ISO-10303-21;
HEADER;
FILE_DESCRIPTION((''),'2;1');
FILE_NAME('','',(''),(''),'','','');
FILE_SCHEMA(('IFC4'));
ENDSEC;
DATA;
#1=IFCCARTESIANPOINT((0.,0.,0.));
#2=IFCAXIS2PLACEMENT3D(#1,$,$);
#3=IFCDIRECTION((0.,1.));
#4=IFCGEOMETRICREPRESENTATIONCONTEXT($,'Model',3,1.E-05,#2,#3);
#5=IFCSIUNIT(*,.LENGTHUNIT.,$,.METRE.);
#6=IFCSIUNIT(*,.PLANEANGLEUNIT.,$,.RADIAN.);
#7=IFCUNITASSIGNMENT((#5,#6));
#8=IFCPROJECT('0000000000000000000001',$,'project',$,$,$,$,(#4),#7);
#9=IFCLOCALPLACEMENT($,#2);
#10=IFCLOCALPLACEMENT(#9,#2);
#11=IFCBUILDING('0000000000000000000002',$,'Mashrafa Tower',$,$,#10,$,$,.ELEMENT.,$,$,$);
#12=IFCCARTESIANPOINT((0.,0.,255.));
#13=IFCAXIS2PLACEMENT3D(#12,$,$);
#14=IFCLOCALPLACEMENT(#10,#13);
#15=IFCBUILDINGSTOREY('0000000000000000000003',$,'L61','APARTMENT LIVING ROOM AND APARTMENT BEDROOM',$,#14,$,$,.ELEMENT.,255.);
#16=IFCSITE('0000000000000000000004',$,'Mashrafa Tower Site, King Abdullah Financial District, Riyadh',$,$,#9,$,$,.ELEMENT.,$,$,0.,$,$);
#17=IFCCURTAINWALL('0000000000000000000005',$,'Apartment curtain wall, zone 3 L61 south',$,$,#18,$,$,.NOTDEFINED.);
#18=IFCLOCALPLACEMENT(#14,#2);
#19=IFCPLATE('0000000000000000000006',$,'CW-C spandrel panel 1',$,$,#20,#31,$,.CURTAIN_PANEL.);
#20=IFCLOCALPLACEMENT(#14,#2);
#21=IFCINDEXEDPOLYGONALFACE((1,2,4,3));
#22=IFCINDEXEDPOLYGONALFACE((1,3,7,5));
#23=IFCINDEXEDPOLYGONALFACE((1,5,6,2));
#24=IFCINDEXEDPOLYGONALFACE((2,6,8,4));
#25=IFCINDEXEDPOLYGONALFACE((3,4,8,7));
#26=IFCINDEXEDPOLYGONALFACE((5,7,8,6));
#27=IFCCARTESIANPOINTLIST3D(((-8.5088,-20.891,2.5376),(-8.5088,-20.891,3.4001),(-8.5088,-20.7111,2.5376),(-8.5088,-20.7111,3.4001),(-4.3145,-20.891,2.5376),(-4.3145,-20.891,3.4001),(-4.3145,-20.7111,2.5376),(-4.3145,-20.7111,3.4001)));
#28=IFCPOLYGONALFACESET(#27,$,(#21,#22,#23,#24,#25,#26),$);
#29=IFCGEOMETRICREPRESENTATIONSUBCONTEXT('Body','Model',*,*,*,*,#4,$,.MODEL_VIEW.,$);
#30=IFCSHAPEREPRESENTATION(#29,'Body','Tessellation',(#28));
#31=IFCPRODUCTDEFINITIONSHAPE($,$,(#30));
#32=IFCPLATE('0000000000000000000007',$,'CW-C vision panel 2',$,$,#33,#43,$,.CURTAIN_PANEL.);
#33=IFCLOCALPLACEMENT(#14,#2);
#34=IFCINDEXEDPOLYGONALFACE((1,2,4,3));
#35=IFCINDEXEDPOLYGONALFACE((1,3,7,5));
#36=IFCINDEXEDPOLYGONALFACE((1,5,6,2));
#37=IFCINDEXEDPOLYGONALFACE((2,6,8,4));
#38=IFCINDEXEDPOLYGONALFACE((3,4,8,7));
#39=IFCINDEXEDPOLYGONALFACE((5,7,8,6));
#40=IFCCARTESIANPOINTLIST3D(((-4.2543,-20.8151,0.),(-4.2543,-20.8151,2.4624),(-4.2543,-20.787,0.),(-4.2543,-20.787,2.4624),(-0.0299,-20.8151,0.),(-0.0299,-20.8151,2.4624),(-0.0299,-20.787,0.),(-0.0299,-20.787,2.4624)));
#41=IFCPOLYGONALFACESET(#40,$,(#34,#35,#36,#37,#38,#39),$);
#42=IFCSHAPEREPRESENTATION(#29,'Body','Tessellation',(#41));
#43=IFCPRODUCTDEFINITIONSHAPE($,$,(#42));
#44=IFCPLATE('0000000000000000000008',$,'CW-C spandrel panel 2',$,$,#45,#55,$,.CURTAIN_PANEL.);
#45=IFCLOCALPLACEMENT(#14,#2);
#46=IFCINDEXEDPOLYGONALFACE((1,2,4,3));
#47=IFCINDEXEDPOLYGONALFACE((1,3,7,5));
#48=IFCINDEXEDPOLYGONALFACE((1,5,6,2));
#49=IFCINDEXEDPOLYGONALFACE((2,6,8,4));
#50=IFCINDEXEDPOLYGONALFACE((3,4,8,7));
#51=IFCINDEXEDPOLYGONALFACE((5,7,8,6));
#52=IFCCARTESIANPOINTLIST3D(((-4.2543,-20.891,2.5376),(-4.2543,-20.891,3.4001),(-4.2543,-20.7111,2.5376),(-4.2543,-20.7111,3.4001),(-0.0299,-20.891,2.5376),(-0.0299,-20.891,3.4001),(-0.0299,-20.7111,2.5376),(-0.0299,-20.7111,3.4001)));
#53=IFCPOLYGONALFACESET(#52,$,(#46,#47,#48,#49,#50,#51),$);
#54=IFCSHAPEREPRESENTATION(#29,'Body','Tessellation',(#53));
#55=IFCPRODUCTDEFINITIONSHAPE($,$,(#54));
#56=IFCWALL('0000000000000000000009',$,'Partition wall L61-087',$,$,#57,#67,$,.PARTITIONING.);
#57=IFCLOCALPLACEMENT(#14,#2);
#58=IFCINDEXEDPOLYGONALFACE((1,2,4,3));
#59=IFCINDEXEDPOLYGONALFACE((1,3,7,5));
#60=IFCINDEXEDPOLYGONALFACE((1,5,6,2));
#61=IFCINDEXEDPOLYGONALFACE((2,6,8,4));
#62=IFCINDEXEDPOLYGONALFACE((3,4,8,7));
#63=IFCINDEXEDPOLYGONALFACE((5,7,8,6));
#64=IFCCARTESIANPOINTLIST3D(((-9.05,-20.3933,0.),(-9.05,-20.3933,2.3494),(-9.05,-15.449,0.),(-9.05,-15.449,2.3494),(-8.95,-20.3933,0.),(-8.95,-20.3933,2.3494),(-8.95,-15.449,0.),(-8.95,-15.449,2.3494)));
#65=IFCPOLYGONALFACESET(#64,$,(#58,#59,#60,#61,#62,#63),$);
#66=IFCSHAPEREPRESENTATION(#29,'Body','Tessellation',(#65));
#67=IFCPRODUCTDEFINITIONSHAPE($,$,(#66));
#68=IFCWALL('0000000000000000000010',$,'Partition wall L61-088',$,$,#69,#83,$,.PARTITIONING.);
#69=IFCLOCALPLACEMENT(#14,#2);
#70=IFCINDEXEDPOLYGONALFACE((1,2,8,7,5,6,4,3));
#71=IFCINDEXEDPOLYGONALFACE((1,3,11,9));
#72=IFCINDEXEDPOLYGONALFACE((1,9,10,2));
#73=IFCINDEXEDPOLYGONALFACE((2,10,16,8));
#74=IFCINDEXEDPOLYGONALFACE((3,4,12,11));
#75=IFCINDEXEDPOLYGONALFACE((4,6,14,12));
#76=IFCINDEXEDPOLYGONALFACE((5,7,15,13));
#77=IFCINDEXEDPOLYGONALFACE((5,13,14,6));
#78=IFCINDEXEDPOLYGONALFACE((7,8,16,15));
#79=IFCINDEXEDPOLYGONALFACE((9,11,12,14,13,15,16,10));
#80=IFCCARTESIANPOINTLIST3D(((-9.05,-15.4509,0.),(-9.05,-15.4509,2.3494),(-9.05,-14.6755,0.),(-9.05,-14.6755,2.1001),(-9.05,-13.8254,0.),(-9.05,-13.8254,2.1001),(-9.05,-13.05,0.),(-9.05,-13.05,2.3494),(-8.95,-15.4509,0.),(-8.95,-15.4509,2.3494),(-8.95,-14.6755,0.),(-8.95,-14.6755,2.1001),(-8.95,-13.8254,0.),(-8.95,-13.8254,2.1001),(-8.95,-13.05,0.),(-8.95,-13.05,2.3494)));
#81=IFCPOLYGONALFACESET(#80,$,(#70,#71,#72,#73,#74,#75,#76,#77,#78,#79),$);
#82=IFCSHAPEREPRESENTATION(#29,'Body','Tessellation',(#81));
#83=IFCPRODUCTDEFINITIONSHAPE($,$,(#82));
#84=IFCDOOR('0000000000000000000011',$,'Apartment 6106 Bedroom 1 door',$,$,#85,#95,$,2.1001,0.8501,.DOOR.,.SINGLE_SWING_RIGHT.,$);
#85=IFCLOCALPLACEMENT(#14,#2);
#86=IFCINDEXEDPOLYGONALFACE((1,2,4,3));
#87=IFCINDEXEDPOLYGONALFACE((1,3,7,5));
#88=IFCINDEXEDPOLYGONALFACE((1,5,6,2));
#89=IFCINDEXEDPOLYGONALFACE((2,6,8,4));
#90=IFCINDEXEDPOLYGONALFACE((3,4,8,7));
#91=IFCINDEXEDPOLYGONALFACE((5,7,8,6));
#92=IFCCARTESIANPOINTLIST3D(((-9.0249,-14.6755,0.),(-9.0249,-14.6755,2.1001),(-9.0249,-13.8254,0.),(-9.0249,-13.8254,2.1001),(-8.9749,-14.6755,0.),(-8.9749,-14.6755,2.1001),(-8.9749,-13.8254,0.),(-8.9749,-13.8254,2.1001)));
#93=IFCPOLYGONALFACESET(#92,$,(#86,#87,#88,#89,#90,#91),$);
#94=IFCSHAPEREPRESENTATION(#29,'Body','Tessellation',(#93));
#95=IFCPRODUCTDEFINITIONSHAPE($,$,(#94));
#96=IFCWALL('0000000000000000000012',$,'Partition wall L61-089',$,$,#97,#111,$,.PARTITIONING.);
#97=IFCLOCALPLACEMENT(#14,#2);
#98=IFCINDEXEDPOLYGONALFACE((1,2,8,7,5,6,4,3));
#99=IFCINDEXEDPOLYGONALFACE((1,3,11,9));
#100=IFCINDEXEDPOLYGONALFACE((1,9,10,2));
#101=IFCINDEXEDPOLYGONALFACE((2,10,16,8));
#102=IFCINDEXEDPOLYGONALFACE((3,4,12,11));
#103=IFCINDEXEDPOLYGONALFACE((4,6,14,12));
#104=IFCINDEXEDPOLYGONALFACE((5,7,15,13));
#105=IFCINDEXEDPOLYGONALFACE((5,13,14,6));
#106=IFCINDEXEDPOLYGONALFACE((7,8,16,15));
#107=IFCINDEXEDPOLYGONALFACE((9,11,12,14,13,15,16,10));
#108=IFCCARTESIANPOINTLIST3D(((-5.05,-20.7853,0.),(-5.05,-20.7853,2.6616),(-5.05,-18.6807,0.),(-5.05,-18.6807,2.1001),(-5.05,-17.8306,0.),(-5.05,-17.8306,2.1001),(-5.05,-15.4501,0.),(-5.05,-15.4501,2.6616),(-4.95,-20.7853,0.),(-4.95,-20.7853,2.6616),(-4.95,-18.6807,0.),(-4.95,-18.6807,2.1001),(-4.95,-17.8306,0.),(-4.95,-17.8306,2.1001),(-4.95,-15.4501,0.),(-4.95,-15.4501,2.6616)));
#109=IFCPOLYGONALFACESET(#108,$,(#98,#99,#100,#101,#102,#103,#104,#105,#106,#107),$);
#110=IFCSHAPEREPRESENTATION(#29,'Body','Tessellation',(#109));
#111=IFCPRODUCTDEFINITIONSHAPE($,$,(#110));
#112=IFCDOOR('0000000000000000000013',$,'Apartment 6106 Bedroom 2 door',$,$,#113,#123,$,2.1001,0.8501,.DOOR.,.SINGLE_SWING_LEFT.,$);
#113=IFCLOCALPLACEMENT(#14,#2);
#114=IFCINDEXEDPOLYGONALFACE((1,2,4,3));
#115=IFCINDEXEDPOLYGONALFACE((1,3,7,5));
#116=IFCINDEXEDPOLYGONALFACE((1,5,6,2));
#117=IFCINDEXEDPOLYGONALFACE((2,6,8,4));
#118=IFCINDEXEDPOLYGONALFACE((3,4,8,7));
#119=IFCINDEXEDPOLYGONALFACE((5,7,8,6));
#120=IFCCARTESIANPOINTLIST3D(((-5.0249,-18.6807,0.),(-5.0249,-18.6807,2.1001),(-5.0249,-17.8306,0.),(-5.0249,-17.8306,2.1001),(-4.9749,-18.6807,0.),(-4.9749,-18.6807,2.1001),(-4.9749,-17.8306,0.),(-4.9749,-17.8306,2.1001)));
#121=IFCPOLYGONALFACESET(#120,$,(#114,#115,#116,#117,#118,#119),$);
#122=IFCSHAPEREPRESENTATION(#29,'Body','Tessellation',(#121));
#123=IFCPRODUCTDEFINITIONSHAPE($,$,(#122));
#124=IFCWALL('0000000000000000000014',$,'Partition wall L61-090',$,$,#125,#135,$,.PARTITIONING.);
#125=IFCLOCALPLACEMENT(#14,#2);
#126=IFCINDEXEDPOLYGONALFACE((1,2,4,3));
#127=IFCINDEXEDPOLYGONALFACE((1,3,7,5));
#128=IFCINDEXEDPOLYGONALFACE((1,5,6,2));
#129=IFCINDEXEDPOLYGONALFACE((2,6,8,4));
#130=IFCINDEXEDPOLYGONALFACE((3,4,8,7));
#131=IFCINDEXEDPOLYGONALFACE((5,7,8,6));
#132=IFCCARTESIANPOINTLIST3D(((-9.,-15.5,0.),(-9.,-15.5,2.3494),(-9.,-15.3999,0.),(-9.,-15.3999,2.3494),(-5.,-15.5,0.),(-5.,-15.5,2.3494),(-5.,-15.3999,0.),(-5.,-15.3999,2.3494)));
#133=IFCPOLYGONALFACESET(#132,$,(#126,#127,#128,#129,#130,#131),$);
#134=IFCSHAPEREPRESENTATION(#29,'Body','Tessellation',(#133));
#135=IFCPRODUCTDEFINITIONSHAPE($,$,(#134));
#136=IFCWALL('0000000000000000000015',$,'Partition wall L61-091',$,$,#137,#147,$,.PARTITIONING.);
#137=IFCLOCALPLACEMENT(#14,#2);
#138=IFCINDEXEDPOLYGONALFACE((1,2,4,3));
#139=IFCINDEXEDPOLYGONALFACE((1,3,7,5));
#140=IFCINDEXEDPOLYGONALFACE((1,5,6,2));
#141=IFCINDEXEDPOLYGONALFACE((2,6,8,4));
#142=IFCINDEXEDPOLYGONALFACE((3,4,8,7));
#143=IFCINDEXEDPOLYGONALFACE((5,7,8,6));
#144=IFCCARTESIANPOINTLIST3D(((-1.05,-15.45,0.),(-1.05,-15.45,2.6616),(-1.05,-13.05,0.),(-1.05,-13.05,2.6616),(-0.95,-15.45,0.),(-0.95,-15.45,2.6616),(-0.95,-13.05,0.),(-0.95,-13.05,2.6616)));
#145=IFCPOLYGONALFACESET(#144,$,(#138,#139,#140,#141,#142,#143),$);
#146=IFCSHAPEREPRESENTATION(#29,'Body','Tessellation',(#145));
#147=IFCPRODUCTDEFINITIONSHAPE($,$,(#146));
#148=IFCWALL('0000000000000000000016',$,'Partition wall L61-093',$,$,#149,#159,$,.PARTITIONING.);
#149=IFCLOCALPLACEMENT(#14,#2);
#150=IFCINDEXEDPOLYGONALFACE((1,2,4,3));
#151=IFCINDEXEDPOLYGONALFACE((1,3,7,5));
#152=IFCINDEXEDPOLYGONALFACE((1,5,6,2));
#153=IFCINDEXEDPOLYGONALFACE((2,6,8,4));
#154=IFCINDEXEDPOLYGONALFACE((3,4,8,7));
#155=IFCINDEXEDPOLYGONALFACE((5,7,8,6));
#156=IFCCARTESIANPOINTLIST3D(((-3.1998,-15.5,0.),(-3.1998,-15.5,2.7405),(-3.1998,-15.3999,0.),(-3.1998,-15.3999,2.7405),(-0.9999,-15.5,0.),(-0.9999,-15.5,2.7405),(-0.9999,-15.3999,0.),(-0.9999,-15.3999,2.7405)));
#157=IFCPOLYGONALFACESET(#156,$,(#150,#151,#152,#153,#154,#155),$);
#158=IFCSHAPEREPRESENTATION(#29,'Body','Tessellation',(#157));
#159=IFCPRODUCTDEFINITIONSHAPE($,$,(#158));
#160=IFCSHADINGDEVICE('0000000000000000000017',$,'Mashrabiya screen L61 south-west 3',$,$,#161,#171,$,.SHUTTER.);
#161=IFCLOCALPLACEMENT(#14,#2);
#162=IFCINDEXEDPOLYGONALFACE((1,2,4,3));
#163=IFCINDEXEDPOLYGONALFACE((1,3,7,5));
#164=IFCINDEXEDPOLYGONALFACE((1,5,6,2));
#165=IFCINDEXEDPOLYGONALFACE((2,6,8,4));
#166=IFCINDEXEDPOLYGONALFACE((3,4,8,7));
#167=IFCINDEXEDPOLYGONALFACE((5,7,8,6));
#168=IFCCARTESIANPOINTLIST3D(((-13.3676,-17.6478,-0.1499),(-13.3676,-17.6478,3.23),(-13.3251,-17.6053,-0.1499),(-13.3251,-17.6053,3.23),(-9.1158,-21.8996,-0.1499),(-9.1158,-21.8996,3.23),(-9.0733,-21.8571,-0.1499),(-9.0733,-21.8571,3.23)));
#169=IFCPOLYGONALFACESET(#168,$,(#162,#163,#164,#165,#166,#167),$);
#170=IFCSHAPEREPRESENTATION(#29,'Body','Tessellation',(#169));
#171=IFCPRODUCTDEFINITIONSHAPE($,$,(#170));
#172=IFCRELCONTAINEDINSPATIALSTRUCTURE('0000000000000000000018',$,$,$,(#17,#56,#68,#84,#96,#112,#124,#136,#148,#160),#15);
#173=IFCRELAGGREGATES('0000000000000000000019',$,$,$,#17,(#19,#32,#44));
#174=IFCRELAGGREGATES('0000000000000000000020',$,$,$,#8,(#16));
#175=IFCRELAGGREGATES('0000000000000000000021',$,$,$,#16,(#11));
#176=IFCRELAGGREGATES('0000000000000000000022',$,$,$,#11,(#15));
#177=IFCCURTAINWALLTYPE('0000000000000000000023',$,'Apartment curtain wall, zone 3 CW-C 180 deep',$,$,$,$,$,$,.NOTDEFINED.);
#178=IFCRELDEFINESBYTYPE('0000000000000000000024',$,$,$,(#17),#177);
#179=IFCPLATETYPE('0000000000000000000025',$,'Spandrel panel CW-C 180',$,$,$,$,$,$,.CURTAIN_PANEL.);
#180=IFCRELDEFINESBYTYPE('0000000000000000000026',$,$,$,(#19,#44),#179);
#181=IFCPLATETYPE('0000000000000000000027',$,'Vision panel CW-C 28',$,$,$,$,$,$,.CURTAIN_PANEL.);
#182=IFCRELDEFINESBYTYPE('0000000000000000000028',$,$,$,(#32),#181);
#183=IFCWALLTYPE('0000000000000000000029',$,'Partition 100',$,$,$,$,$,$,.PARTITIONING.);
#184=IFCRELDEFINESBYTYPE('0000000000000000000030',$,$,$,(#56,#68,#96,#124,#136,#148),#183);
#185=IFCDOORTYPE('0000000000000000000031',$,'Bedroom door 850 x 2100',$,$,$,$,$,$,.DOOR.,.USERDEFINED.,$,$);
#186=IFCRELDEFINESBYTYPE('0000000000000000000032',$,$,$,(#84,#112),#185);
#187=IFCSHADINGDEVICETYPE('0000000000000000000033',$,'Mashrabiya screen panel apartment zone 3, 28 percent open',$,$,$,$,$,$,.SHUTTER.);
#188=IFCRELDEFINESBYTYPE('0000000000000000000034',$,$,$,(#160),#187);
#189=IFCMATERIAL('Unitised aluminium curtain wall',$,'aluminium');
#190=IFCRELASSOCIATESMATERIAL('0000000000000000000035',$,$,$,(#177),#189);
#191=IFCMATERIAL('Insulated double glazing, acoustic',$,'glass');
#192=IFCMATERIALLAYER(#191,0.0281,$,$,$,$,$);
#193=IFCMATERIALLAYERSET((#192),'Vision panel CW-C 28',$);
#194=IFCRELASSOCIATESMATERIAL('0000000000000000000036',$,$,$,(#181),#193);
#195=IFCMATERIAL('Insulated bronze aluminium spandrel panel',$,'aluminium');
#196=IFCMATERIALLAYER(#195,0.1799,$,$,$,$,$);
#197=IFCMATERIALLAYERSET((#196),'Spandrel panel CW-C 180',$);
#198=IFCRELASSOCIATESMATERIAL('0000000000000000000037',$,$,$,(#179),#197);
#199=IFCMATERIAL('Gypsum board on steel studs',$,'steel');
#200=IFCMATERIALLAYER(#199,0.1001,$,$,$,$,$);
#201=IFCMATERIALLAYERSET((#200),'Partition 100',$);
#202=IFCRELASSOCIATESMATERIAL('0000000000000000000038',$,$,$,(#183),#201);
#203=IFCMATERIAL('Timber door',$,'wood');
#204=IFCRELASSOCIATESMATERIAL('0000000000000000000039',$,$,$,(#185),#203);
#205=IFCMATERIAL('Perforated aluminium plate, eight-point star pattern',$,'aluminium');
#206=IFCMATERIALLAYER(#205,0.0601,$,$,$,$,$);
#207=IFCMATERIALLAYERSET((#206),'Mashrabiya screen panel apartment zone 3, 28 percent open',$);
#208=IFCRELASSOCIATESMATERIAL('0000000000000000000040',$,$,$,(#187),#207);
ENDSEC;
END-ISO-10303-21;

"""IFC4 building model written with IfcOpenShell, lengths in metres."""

from ifc_helpers import new_model, si_unit, direction, frame, frame_2d, origin, origin_2d, place, context, subcontext, project, spatial, rectangle, extrude, source, transform, mapped, material, layer, layer_set, type_object, type_shapes, element, fill, aggregate, save


model = new_model("IFC4")

# Units and contexts
model_context = context("Model", 3, precision=1e-05, world=origin(), true_north=direction((0.0, 1.0)))
body_context = subcontext(model_context, "Body", "Model", "MODEL_VIEW")
ifc_project = project(units=[si_unit("LENGTHUNIT", "METRE"), si_unit("PLANEANGLEUNIT", "RADIAN")], contexts=[model_context])

# Site, building, storey
site_placement = place(None, origin())
site = spatial("IfcSite", under=ifc_project, at=site_placement, Name="Mashrafa Tower Site, King Abdullah Financial District, Riyadh", CompositionType="ELEMENT", RefElevation=0.0)
building_placement = place(site_placement, origin())
building = spatial("IfcBuilding", under=site, at=building_placement, Name="Mashrafa Tower", CompositionType="ELEMENT")
storey_placement = place(building_placement, frame((0.0, 0.0, 255.0)))
storey = spatial("IfcBuildingStorey", under=building, at=storey_placement, Name="L61", Description="APARTMENT LIVING ROOM AND APARTMENT BEDROOM", CompositionType="ELEMENT", Elevation=255.0)

# Curtain wall
ifc_material_1 = material(Name="Unitised aluminium curtain wall", Category="aluminium")
curtain_wall_type = type_object("IfcCurtainWallType", Name="Apartment curtain wall, zone 3 CW-C 180 deep", PredefinedType="NOTDEFINED", material=ifc_material_1)
curtain_wall_1_placement = place(storey_placement, origin())
curtain_wall_1 = element("IfcCurtainWall", 1, at=curtain_wall_1_placement, inside=storey, type_object=curtain_wall_type, Name="Apartment curtain wall, zone 3 L61 south", PredefinedType="NOTDEFINED")

# Plates
ifc_material_2 = material(Name="Insulated double glazing, acoustic", Category="glass")
ifc_layer_1 = layer(ifc_material_2, 0.0281)
ifc_layer_set_1 = layer_set([ifc_layer_1], Name="Vision panel CW-C 28")
plate_type_1 = type_object("IfcPlateType", Name="Vision panel CW-C 28", PredefinedType="CURTAIN_PANEL", material=ifc_layer_set_1)
ifc_material_3 = material(Name="Insulated bronze aluminium spandrel panel", Category="aluminium")
ifc_layer_2 = layer(ifc_material_3, 0.1799)
ifc_layer_set_2 = layer_set([ifc_layer_2], Name="Spandrel panel CW-C 180")
plate_type_2 = type_object("IfcPlateType", Name="Spandrel panel CW-C 180", PredefinedType="CURTAIN_PANEL", material=ifc_layer_set_2)
shared_shape_1 = source(origin(), body_context, "Body", "SweptSolid", [
    extrude(rectangle(XDim=4.1943, YDim=0.1799, at=origin_2d()), origin(), (0.0, 0.0, 1.0), 0.8625),
])
plate_1_placement = place(storey_placement, frame((-6.4116, -20.801, 2.5376), z_axis=(0.0, 0.0, 1.0), x_axis=(1.0, 0.0, 0.0)))
plate_1 = element("IfcPlate", 2, at=plate_1_placement, type_object=plate_type_2, Name="CW-C spandrel panel 1", PredefinedType="CURTAIN_PANEL", context=body_context, shape_type="MappedRepresentation", body=[
    mapped(shared_shape_1, transform((0.0, 0.0, 0.0))),
])
shared_shape_2 = source(origin(), body_context, "Body", "SweptSolid", [
    extrude(rectangle(XDim=4.2244, YDim=0.0281, at=origin_2d()), origin(), (0.0, 0.0, 1.0), 2.4624),
])
plate_2_placement = place(storey_placement, frame((-2.1421, -20.801, 0.0), z_axis=(0.0, 0.0, 1.0), x_axis=(1.0, 0.0, 0.0)))
plate_2 = element("IfcPlate", 3, at=plate_2_placement, type_object=plate_type_1, Name="CW-C vision panel 2", PredefinedType="CURTAIN_PANEL", context=body_context, shape_type="MappedRepresentation", body=[
    mapped(shared_shape_2, transform((0.0, 0.0, 0.0))),
])
shared_shape_3 = source(origin(), body_context, "Body", "SweptSolid", [
    extrude(rectangle(XDim=4.2244, YDim=0.1799, at=origin_2d()), origin(), (0.0, 0.0, 1.0), 0.8625),
])
type_shapes(plate_type_2, [shared_shape_1, shared_shape_3])
plate_3_placement = place(storey_placement, frame((-2.1421, -20.801, 2.5376), z_axis=(0.0, 0.0, 1.0), x_axis=(1.0, 0.0, 0.0)))
plate_3 = element("IfcPlate", 4, at=plate_3_placement, type_object=plate_type_2, Name="CW-C spandrel panel 2", PredefinedType="CURTAIN_PANEL", context=body_context, shape_type="MappedRepresentation", body=[
    mapped(shared_shape_3, transform((0.0, 0.0, 0.0))),
])
aggregate(curtain_wall_1, [plate_1, plate_2, plate_3])

# Wall
ifc_material_4 = material(Name="Gypsum board on steel studs", Category="steel")
ifc_layer_3 = layer(ifc_material_4, 0.1001)
ifc_layer_set_3 = layer_set([ifc_layer_3], Name="Partition 100")
wall_type = type_object("IfcWallType", Name="Partition 100", PredefinedType="PARTITIONING", material=ifc_layer_set_3)
wall_1_placement = place(storey_placement, frame((-9.0, -20.3933, 0.0), z_axis=(0.0, 0.0, 1.0), x_axis=(0.0, 1.0, 0.0)))
element("IfcWall", 5, at=wall_1_placement, inside=storey, type_object=wall_type, Name="Partition wall L61-087", PredefinedType="PARTITIONING", context=body_context, shape_type="SweptSolid", body=[
    extrude(rectangle(XDim=4.9443, YDim=0.1001, at=frame_2d((2.4722, 0.0))), origin(), (0.0, 0.0, 1.0), 2.3494),
])

# Walls, openings, doors
wall_2_placement = place(storey_placement, frame((-9.0, -15.4509, 0.0), z_axis=(0.0, 0.0, 1.0), x_axis=(0.0, 1.0, 0.0)))
wall_2 = element("IfcWall", 6, at=wall_2_placement, inside=storey, type_object=wall_type, Name="Partition wall L61-088", PredefinedType="PARTITIONING", context=body_context, shape_type="SweptSolid", body=[
    extrude(rectangle(XDim=2.4009, YDim=0.1001, at=frame_2d((1.2004, 0.0))), origin(), (0.0, 0.0, 1.0), 2.3494),
])
opening_1_placement = place(wall_2_placement, frame((0.7754, 0.0, 0.0)))
opening_1 = element("IfcOpeningElement", 7, at=opening_1_placement, cuts=wall_2, PredefinedType="OPENING", context=body_context, shape_type="SweptSolid", body=[
    extrude(rectangle(XDim=0.8501, YDim=2.1001, at=frame_2d((0.425, 1.05))), frame((0.0, 0.0601, 0.0), z_axis=(0.0, -1.0, 0.0), x_axis=(1.0, 0.0, 0.0)), (0.0, 0.0, 1.0), 0.1201),
])
ifc_material_5 = material(Name="Timber door", Category="wood")
door_type = type_object("IfcDoorType", Name="Bedroom door 850 x 2100", OperationType="USERDEFINED", PredefinedType="DOOR", material=ifc_material_5)
door_1_placement = place(opening_1_placement, origin())
door_1 = element("IfcDoor", 8, at=door_1_placement, inside=storey, type_object=door_type, Name="Apartment 6106 Bedroom 1 door", OperationType="SINGLE_SWING_RIGHT", OverallHeight=2.1001, OverallWidth=0.8501, PredefinedType="DOOR", context=body_context, shape_type="SweptSolid", body=[
    extrude(rectangle(XDim=0.8501, YDim=2.1001, at=frame_2d((0.425, 1.05))), frame((0.0, 0.0249, 0.0), z_axis=(0.0, -1.0, 0.0), x_axis=(1.0, 0.0, 0.0)), (0.0, 0.0, 1.0), 0.05),
])
fill(opening_1, door_1)
wall_3_placement = place(storey_placement, frame((-5.0, -20.7852, 0.0), z_axis=(0.0, 0.0, 1.0), x_axis=(0.0, 1.0, 0.0)))
wall_3 = element("IfcWall", 9, at=wall_3_placement, inside=storey, type_object=wall_type, Name="Partition wall L61-089", PredefinedType="PARTITIONING", context=body_context, shape_type="SweptSolid", body=[
    extrude(rectangle(XDim=5.3352, YDim=0.1001, at=frame_2d((2.6675, 0.0))), origin(), (0.0, 0.0, 1.0), 2.6616),
])
opening_2_placement = place(wall_3_placement, frame((2.1045, 0.0, 0.0)))
opening_2 = element("IfcOpeningElement", 10, at=opening_2_placement, cuts=wall_3, PredefinedType="OPENING", context=body_context, shape_type="SweptSolid", body=[
    extrude(rectangle(XDim=0.8501, YDim=2.1001, at=frame_2d((0.425, 1.05))), frame((0.0, 0.0601, 0.0), z_axis=(0.0, -1.0, 0.0), x_axis=(1.0, 0.0, 0.0)), (0.0, 0.0, 1.0), 0.1201),
])
door_2_placement = place(opening_2_placement, origin())
door_2 = element("IfcDoor", 11, at=door_2_placement, inside=storey, type_object=door_type, Name="Apartment 6106 Bedroom 2 door", OperationType="SINGLE_SWING_LEFT", OverallHeight=2.1001, OverallWidth=0.8501, PredefinedType="DOOR", context=body_context, shape_type="SweptSolid", body=[
    extrude(rectangle(XDim=0.8501, YDim=2.1001, at=frame_2d((0.425, 1.05))), frame((0.0, 0.0249, 0.0), z_axis=(0.0, -1.0, 0.0), x_axis=(1.0, 0.0, 0.0)), (0.0, 0.0, 1.0), 0.05),
])
fill(opening_2, door_2)

# Walls
wall_4_placement = place(storey_placement, frame((-5.0, -15.45, 0.0), z_axis=(0.0, 0.0, 1.0), x_axis=(-1.0, 0.0, 0.0)))
element("IfcWall", 12, at=wall_4_placement, inside=storey, type_object=wall_type, Name="Partition wall L61-090", PredefinedType="PARTITIONING", context=body_context, shape_type="SweptSolid", body=[
    extrude(rectangle(XDim=4.0, YDim=0.1001, at=frame_2d((2.0, 0.0))), origin(), (0.0, 0.0, 1.0), 2.3494),
])
wall_5_placement = place(storey_placement, frame((-1.0, -15.45, 0.0), z_axis=(0.0, 0.0, 1.0), x_axis=(0.0, 1.0, 0.0)))
element("IfcWall", 13, at=wall_5_placement, inside=storey, type_object=wall_type, Name="Partition wall L61-091", PredefinedType="PARTITIONING", context=body_context, shape_type="SweptSolid", body=[
    extrude(rectangle(XDim=2.3999, YDim=0.1001, at=frame_2d((1.2, 0.0))), origin(), (0.0, 0.0, 1.0), 2.6616),
])
wall_6_placement = place(storey_placement, frame((-3.2, -15.45, 0.0), z_axis=(0.0, 0.0, 1.0), x_axis=(1.0, 0.0, 0.0)))
element("IfcWall", 14, at=wall_6_placement, inside=storey, type_object=wall_type, Name="Partition wall L61-093", PredefinedType="PARTITIONING", context=body_context, shape_type="SweptSolid", body=[
    extrude(rectangle(XDim=2.2, YDim=0.1001, at=frame_2d((1.1001, 0.0))), origin(), (0.0, 0.0, 1.0), 2.7405),
])

# Shading device
ifc_material_6 = material(Name="Perforated aluminium plate, eight-point star pattern", Category="aluminium")
ifc_layer_4 = layer(ifc_material_6, 0.0601)
ifc_layer_set_4 = layer_set([ifc_layer_4], Name="Mashrabiya screen panel apartment zone 3, 28 percent open")
shading_device_type = type_object("IfcShadingDeviceType", Name="Mashrabiya screen panel apartment zone 3, 28 percent open", PredefinedType="SHUTTER", material=ifc_layer_set_4)
shared_shape_4 = source(origin(), body_context, "Body", "SweptSolid", [
    extrude(rectangle(XDim=6.0129, YDim=0.0601, at=origin_2d()), origin(), (0.0, 0.0, 1.0), 3.3799),
])
type_shapes(shading_device_type, [shared_shape_4])
for number, where, z_axis, x_axis, name in (
    (15, (-11.2205, -19.7524, -0.1499), (0.0, 0.0, 1.0), (0.707107, -0.707107, 0.0), "Mashrabiya screen L61 south-west 3"),
):
    element("IfcShadingDevice", number, at=place(storey_placement, frame(where, z_axis=z_axis, x_axis=x_axis)), inside=storey, type_object=shading_device_type, Name=name, PredefinedType="SHUTTER", context=body_context, shape_type="MappedRepresentation", body=[
        mapped(shared_shape_4, transform((0.0, 0.0, 0.0))),
    ])

save(model, "model.ifc")
